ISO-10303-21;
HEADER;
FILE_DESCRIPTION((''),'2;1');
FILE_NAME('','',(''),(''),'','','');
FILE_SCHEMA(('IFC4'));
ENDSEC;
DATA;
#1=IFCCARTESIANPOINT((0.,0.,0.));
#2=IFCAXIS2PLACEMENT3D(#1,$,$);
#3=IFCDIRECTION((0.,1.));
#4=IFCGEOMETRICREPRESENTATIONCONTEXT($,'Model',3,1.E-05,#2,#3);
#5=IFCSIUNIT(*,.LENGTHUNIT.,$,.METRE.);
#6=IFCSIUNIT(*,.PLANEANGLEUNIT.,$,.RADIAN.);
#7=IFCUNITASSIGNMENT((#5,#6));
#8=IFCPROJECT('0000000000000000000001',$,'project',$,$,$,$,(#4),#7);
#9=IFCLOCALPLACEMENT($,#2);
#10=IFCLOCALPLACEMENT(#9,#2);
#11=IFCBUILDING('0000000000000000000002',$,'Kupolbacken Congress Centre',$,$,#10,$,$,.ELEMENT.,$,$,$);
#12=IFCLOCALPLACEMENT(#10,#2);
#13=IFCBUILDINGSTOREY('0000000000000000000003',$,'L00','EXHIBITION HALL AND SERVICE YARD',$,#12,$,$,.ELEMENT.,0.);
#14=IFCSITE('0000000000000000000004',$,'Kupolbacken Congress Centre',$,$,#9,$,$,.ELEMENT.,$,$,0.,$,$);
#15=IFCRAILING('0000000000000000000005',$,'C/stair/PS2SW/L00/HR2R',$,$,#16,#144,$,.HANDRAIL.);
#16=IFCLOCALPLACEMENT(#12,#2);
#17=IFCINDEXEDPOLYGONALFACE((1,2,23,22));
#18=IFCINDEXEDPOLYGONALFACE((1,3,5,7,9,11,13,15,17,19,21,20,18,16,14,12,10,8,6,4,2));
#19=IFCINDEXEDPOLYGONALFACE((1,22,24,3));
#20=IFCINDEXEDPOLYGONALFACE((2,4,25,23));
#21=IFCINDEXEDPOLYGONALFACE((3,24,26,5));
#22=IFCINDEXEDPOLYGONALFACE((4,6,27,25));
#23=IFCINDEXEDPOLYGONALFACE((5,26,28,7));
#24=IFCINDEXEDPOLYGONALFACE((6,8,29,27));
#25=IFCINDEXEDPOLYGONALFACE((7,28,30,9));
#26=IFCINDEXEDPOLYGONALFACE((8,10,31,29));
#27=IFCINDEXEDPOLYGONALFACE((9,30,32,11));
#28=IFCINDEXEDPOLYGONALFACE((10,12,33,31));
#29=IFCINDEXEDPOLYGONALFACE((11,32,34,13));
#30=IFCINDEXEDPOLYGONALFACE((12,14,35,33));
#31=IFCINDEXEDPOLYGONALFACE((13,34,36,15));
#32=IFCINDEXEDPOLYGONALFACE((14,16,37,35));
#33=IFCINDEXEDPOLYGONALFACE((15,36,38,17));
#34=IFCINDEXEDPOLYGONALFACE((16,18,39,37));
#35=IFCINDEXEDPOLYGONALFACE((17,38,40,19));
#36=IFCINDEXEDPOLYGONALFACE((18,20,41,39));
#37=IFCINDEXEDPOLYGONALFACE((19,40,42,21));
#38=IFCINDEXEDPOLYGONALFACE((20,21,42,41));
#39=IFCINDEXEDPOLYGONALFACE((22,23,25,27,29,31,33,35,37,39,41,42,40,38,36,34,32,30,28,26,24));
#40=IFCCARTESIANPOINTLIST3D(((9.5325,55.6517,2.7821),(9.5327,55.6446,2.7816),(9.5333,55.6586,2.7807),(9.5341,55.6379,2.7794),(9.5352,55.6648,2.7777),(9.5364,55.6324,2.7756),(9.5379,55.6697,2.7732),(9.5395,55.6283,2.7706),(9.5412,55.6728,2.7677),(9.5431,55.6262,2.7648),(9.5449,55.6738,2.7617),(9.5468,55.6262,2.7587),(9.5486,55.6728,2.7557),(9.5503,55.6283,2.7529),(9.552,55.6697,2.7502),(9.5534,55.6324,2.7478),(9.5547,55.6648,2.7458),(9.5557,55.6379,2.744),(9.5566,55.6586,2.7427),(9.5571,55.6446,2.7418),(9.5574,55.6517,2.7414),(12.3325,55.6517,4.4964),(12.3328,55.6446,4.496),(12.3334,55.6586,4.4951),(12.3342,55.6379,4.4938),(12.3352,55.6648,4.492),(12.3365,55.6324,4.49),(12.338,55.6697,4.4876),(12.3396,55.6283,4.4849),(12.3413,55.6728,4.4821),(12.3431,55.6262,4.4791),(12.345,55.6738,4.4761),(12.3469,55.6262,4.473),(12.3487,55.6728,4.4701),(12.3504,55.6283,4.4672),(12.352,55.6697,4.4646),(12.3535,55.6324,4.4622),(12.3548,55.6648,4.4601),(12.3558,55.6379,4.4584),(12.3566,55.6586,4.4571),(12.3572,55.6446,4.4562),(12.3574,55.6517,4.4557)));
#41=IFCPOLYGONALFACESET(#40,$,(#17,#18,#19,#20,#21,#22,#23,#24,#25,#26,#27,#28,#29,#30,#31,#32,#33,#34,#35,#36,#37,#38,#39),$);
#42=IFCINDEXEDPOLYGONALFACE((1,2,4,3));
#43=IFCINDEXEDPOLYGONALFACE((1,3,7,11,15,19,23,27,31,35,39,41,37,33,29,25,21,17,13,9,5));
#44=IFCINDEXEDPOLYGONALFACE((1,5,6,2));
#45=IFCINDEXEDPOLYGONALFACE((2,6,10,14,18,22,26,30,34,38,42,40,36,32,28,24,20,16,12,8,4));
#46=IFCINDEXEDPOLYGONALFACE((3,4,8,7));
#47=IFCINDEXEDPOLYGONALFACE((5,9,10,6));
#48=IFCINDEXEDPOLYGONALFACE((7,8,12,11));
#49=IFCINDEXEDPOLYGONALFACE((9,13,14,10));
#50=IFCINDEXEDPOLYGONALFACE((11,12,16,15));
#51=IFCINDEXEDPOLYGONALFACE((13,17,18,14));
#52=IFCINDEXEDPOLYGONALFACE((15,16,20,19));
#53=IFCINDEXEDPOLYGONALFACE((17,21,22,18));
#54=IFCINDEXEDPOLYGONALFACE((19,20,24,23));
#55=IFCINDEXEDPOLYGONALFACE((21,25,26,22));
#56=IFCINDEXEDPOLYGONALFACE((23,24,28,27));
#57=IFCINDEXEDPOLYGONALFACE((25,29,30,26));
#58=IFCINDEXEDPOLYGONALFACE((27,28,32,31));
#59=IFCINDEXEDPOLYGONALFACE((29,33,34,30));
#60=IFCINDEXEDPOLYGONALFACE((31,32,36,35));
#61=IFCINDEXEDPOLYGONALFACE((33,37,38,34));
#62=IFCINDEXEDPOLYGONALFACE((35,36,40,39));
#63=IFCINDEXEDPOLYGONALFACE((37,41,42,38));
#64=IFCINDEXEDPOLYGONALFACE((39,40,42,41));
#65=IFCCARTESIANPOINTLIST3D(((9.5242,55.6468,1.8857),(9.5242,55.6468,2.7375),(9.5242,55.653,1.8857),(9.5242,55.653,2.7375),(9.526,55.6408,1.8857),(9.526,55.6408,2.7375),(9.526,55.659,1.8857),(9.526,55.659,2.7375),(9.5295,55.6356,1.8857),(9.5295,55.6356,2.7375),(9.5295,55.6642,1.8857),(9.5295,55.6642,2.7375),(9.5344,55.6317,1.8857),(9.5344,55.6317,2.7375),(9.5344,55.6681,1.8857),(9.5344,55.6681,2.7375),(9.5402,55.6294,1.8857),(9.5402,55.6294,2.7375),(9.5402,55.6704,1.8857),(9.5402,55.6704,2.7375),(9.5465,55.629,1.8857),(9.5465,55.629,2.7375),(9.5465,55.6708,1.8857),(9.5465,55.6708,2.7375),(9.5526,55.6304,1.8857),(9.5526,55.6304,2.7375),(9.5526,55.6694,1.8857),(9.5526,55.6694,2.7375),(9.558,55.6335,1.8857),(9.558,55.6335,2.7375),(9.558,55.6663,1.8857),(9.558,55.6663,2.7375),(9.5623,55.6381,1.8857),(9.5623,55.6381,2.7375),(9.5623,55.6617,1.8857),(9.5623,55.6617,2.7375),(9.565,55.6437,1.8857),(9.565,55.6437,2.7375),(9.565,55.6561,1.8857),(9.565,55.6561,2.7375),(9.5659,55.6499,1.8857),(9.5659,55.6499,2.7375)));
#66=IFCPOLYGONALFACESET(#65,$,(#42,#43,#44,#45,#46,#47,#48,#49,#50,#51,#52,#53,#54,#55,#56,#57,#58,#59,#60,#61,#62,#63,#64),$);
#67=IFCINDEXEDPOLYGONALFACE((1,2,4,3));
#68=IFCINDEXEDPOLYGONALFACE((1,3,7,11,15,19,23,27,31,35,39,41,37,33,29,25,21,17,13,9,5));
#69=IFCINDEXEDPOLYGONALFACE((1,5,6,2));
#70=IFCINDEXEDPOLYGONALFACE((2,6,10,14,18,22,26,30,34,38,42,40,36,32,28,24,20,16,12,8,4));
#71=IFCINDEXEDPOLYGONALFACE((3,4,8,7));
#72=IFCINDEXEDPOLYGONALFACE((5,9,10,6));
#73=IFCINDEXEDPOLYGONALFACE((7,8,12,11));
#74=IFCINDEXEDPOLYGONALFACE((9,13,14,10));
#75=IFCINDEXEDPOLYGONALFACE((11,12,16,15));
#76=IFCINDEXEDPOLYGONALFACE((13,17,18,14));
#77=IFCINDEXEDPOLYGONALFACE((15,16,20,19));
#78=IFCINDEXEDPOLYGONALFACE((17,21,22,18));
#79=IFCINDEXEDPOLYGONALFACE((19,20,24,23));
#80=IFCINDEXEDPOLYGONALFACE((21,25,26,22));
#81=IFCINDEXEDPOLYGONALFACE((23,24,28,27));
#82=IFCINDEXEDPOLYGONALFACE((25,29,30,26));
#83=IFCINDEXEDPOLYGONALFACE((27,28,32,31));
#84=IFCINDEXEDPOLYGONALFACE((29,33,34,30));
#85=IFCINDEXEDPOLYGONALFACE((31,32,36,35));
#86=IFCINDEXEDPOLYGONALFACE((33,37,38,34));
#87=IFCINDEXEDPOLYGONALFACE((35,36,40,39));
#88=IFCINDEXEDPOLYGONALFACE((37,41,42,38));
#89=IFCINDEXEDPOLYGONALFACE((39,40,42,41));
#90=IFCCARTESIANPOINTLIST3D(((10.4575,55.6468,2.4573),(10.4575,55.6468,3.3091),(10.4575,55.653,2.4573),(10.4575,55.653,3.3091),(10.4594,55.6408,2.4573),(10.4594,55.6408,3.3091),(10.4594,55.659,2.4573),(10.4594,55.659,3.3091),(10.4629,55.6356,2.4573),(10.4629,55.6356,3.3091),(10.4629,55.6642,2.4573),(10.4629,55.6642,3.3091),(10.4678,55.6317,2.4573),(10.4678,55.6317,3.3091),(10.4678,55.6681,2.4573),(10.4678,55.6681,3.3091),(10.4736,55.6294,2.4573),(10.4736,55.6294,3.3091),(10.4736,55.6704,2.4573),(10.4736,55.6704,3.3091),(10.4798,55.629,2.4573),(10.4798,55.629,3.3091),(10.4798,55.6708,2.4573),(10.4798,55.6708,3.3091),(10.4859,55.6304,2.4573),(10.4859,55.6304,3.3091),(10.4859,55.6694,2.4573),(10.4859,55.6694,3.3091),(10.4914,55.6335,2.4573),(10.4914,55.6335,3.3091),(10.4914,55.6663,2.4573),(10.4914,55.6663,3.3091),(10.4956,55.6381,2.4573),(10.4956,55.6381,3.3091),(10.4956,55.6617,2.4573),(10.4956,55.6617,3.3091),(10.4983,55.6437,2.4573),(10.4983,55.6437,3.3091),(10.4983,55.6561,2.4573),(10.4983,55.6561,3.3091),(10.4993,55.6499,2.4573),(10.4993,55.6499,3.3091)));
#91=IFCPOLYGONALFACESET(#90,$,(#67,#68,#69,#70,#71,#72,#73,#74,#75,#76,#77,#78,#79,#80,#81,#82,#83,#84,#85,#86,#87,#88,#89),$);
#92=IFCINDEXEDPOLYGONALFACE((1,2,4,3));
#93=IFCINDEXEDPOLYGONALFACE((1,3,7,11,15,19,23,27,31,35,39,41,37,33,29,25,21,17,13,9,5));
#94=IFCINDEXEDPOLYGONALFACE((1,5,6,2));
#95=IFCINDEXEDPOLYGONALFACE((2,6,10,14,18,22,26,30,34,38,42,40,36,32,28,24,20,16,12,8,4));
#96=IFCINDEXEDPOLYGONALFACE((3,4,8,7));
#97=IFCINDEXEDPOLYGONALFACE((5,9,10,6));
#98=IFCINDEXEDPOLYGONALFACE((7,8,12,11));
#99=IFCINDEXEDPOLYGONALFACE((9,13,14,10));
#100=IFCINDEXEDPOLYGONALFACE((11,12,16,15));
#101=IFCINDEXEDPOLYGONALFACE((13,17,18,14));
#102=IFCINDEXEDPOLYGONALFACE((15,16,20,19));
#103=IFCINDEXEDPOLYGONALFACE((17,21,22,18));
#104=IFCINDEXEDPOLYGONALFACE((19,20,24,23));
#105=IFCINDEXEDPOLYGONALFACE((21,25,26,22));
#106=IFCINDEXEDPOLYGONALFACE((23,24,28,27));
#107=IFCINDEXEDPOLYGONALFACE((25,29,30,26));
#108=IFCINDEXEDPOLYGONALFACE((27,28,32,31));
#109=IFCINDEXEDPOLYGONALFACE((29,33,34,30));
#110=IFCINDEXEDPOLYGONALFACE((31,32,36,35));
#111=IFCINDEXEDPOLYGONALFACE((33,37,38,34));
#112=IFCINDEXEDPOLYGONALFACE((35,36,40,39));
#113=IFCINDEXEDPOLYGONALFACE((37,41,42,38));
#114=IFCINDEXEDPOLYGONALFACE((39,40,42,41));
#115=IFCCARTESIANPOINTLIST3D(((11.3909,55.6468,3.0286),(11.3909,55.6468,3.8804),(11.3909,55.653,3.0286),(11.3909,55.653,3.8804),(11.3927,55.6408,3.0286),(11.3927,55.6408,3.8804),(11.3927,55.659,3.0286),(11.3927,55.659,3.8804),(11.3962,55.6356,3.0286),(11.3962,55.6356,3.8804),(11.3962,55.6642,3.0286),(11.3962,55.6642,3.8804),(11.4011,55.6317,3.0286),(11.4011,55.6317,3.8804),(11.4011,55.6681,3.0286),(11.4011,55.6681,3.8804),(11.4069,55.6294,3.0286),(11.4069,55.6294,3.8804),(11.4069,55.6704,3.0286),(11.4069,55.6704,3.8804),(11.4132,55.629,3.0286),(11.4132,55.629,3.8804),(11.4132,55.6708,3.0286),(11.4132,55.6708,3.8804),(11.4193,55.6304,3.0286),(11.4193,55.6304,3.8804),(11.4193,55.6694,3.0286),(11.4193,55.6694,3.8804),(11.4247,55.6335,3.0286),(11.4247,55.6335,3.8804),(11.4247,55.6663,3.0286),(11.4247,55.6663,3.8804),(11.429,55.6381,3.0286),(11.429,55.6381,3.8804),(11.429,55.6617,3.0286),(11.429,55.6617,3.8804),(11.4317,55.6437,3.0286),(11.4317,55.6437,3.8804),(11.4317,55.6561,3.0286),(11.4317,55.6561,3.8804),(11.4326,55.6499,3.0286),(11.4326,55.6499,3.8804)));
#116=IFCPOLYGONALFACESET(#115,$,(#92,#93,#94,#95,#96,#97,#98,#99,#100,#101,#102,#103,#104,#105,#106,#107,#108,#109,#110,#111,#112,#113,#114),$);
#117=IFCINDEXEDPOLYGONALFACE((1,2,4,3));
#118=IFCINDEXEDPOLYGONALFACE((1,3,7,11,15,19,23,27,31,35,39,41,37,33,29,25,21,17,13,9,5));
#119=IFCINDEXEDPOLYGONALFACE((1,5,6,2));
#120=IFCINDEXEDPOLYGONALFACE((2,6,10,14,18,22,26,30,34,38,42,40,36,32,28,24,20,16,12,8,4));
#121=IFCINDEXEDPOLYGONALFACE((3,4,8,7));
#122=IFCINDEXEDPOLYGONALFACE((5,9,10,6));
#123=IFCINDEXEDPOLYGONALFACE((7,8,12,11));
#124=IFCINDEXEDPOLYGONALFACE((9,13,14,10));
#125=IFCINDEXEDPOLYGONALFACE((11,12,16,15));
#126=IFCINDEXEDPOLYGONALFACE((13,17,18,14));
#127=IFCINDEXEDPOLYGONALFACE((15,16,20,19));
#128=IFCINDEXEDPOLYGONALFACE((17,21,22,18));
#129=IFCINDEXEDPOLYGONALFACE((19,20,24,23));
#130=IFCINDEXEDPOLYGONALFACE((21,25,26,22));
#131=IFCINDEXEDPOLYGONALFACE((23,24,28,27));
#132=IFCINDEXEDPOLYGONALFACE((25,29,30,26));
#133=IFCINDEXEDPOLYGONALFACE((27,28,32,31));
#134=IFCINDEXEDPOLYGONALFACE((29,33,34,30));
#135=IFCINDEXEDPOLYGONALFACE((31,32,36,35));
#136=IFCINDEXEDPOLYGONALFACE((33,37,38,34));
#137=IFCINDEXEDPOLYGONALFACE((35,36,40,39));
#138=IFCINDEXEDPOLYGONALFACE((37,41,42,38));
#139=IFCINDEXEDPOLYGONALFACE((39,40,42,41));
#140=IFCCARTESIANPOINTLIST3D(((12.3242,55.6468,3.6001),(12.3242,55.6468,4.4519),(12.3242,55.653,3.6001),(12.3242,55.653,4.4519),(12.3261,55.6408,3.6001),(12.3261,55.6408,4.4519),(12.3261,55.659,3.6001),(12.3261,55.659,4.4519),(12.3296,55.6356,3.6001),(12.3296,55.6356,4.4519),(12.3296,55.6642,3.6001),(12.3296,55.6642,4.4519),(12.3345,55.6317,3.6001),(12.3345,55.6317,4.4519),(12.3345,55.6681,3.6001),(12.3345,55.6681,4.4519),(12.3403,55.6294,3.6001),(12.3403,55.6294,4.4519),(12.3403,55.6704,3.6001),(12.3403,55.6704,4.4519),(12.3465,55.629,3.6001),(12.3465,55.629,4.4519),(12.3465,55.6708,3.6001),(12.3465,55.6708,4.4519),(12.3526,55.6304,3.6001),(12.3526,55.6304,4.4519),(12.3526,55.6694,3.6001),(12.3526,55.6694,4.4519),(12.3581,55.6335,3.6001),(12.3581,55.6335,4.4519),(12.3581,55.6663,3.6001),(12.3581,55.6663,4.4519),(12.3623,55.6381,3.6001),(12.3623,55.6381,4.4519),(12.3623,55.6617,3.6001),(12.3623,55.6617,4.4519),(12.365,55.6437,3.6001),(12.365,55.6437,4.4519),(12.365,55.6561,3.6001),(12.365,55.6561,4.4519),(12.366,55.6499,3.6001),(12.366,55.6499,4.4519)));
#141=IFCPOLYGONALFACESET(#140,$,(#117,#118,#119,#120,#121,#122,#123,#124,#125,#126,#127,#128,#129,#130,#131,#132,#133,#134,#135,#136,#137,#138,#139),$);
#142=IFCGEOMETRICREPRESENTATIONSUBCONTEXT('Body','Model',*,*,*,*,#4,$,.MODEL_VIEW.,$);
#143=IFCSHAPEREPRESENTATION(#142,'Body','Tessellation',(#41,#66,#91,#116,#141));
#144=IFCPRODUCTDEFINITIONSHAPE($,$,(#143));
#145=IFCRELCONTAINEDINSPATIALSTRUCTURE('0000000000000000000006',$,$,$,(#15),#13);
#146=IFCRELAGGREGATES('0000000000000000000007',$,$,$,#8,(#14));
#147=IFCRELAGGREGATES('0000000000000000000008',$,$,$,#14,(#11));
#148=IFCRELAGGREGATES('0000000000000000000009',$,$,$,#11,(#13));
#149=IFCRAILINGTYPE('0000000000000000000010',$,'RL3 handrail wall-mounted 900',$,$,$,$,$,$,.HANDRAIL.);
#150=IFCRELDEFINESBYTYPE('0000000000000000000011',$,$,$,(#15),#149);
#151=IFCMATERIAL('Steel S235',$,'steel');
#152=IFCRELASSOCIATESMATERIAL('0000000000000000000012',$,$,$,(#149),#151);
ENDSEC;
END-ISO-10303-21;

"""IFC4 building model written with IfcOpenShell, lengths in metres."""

from ifc_helpers import new_model, si_unit, direction, frame, origin, origin_2d, place, context, subcontext, project, spatial, circle, extrude, material, type_object, element, save


model = new_model("IFC4")

# Units and contexts
model_context = context("Model", 3, precision=1e-05, world=origin(), true_north=direction((0.0, 1.0)))
body_context = subcontext(model_context, "Body", "Model", "MODEL_VIEW")
ifc_project = project(units=[si_unit("LENGTHUNIT", "METRE"), si_unit("PLANEANGLEUNIT", "RADIAN")], contexts=[model_context])

# Site, building, storey
site_placement = place(None, origin())
site = spatial("IfcSite", under=ifc_project, at=site_placement, Name="Kupolbacken Congress Centre", CompositionType="ELEMENT", RefElevation=0.0)
building_placement = place(site_placement, origin())
building = spatial("IfcBuilding", under=site, at=building_placement, Name="Kupolbacken Congress Centre", CompositionType="ELEMENT")
storey_placement = place(building_placement, origin())
storey = spatial("IfcBuildingStorey", under=building, at=storey_placement, Name="L00", Description="EXHIBITION HALL AND SERVICE YARD", CompositionType="ELEMENT", Elevation=0.0)

# Railing
ifc_material_1 = material(Name="Steel S235", Category="steel")
railing_type = type_object("IfcRailingType", Name="RL3 handrail wall-mounted 900", PredefinedType="HANDRAIL", material=ifc_material_1)
for number, where, name in (
    (1, (9.5449, 55.6499, 1.8857), "C/stair/PS2SW/L00/HR2R"),
):
    element("IfcRailing", number, at=place(storey_placement, frame(where)), inside=storey, type_object=railing_type, Name=name, PredefinedType="HANDRAIL", context=body_context, shape_type="SweptSolid", body=[
        extrude(circle(Radius=0.0239, at=origin_2d()), frame((0.0, 0.0, 0.876), z_axis=(0.852846, 0.0, 0.522163), x_axis=(0.0, 1.0, 0.0)), (0.0, 0.0, 1.0), 3.2832),
        extrude(circle(Radius=0.021, at=origin_2d()), origin(), (0.0, 0.0, 1.0), 0.8518),
        extrude(circle(Radius=0.021, at=origin_2d()), frame((0.9333, 0.0, 0.5715)), (0.0, 0.0, 1.0), 0.8518),
        extrude(circle(Radius=0.021, at=origin_2d()), frame((1.8667, 0.0, 1.1428)), (0.0, 0.0, 1.0), 0.8518),
        extrude(circle(Radius=0.021, at=origin_2d()), frame((2.8, 0.0, 1.7144)), (0.0, 0.0, 1.0), 0.8518),
    ])

save(model, "model.ifc")
